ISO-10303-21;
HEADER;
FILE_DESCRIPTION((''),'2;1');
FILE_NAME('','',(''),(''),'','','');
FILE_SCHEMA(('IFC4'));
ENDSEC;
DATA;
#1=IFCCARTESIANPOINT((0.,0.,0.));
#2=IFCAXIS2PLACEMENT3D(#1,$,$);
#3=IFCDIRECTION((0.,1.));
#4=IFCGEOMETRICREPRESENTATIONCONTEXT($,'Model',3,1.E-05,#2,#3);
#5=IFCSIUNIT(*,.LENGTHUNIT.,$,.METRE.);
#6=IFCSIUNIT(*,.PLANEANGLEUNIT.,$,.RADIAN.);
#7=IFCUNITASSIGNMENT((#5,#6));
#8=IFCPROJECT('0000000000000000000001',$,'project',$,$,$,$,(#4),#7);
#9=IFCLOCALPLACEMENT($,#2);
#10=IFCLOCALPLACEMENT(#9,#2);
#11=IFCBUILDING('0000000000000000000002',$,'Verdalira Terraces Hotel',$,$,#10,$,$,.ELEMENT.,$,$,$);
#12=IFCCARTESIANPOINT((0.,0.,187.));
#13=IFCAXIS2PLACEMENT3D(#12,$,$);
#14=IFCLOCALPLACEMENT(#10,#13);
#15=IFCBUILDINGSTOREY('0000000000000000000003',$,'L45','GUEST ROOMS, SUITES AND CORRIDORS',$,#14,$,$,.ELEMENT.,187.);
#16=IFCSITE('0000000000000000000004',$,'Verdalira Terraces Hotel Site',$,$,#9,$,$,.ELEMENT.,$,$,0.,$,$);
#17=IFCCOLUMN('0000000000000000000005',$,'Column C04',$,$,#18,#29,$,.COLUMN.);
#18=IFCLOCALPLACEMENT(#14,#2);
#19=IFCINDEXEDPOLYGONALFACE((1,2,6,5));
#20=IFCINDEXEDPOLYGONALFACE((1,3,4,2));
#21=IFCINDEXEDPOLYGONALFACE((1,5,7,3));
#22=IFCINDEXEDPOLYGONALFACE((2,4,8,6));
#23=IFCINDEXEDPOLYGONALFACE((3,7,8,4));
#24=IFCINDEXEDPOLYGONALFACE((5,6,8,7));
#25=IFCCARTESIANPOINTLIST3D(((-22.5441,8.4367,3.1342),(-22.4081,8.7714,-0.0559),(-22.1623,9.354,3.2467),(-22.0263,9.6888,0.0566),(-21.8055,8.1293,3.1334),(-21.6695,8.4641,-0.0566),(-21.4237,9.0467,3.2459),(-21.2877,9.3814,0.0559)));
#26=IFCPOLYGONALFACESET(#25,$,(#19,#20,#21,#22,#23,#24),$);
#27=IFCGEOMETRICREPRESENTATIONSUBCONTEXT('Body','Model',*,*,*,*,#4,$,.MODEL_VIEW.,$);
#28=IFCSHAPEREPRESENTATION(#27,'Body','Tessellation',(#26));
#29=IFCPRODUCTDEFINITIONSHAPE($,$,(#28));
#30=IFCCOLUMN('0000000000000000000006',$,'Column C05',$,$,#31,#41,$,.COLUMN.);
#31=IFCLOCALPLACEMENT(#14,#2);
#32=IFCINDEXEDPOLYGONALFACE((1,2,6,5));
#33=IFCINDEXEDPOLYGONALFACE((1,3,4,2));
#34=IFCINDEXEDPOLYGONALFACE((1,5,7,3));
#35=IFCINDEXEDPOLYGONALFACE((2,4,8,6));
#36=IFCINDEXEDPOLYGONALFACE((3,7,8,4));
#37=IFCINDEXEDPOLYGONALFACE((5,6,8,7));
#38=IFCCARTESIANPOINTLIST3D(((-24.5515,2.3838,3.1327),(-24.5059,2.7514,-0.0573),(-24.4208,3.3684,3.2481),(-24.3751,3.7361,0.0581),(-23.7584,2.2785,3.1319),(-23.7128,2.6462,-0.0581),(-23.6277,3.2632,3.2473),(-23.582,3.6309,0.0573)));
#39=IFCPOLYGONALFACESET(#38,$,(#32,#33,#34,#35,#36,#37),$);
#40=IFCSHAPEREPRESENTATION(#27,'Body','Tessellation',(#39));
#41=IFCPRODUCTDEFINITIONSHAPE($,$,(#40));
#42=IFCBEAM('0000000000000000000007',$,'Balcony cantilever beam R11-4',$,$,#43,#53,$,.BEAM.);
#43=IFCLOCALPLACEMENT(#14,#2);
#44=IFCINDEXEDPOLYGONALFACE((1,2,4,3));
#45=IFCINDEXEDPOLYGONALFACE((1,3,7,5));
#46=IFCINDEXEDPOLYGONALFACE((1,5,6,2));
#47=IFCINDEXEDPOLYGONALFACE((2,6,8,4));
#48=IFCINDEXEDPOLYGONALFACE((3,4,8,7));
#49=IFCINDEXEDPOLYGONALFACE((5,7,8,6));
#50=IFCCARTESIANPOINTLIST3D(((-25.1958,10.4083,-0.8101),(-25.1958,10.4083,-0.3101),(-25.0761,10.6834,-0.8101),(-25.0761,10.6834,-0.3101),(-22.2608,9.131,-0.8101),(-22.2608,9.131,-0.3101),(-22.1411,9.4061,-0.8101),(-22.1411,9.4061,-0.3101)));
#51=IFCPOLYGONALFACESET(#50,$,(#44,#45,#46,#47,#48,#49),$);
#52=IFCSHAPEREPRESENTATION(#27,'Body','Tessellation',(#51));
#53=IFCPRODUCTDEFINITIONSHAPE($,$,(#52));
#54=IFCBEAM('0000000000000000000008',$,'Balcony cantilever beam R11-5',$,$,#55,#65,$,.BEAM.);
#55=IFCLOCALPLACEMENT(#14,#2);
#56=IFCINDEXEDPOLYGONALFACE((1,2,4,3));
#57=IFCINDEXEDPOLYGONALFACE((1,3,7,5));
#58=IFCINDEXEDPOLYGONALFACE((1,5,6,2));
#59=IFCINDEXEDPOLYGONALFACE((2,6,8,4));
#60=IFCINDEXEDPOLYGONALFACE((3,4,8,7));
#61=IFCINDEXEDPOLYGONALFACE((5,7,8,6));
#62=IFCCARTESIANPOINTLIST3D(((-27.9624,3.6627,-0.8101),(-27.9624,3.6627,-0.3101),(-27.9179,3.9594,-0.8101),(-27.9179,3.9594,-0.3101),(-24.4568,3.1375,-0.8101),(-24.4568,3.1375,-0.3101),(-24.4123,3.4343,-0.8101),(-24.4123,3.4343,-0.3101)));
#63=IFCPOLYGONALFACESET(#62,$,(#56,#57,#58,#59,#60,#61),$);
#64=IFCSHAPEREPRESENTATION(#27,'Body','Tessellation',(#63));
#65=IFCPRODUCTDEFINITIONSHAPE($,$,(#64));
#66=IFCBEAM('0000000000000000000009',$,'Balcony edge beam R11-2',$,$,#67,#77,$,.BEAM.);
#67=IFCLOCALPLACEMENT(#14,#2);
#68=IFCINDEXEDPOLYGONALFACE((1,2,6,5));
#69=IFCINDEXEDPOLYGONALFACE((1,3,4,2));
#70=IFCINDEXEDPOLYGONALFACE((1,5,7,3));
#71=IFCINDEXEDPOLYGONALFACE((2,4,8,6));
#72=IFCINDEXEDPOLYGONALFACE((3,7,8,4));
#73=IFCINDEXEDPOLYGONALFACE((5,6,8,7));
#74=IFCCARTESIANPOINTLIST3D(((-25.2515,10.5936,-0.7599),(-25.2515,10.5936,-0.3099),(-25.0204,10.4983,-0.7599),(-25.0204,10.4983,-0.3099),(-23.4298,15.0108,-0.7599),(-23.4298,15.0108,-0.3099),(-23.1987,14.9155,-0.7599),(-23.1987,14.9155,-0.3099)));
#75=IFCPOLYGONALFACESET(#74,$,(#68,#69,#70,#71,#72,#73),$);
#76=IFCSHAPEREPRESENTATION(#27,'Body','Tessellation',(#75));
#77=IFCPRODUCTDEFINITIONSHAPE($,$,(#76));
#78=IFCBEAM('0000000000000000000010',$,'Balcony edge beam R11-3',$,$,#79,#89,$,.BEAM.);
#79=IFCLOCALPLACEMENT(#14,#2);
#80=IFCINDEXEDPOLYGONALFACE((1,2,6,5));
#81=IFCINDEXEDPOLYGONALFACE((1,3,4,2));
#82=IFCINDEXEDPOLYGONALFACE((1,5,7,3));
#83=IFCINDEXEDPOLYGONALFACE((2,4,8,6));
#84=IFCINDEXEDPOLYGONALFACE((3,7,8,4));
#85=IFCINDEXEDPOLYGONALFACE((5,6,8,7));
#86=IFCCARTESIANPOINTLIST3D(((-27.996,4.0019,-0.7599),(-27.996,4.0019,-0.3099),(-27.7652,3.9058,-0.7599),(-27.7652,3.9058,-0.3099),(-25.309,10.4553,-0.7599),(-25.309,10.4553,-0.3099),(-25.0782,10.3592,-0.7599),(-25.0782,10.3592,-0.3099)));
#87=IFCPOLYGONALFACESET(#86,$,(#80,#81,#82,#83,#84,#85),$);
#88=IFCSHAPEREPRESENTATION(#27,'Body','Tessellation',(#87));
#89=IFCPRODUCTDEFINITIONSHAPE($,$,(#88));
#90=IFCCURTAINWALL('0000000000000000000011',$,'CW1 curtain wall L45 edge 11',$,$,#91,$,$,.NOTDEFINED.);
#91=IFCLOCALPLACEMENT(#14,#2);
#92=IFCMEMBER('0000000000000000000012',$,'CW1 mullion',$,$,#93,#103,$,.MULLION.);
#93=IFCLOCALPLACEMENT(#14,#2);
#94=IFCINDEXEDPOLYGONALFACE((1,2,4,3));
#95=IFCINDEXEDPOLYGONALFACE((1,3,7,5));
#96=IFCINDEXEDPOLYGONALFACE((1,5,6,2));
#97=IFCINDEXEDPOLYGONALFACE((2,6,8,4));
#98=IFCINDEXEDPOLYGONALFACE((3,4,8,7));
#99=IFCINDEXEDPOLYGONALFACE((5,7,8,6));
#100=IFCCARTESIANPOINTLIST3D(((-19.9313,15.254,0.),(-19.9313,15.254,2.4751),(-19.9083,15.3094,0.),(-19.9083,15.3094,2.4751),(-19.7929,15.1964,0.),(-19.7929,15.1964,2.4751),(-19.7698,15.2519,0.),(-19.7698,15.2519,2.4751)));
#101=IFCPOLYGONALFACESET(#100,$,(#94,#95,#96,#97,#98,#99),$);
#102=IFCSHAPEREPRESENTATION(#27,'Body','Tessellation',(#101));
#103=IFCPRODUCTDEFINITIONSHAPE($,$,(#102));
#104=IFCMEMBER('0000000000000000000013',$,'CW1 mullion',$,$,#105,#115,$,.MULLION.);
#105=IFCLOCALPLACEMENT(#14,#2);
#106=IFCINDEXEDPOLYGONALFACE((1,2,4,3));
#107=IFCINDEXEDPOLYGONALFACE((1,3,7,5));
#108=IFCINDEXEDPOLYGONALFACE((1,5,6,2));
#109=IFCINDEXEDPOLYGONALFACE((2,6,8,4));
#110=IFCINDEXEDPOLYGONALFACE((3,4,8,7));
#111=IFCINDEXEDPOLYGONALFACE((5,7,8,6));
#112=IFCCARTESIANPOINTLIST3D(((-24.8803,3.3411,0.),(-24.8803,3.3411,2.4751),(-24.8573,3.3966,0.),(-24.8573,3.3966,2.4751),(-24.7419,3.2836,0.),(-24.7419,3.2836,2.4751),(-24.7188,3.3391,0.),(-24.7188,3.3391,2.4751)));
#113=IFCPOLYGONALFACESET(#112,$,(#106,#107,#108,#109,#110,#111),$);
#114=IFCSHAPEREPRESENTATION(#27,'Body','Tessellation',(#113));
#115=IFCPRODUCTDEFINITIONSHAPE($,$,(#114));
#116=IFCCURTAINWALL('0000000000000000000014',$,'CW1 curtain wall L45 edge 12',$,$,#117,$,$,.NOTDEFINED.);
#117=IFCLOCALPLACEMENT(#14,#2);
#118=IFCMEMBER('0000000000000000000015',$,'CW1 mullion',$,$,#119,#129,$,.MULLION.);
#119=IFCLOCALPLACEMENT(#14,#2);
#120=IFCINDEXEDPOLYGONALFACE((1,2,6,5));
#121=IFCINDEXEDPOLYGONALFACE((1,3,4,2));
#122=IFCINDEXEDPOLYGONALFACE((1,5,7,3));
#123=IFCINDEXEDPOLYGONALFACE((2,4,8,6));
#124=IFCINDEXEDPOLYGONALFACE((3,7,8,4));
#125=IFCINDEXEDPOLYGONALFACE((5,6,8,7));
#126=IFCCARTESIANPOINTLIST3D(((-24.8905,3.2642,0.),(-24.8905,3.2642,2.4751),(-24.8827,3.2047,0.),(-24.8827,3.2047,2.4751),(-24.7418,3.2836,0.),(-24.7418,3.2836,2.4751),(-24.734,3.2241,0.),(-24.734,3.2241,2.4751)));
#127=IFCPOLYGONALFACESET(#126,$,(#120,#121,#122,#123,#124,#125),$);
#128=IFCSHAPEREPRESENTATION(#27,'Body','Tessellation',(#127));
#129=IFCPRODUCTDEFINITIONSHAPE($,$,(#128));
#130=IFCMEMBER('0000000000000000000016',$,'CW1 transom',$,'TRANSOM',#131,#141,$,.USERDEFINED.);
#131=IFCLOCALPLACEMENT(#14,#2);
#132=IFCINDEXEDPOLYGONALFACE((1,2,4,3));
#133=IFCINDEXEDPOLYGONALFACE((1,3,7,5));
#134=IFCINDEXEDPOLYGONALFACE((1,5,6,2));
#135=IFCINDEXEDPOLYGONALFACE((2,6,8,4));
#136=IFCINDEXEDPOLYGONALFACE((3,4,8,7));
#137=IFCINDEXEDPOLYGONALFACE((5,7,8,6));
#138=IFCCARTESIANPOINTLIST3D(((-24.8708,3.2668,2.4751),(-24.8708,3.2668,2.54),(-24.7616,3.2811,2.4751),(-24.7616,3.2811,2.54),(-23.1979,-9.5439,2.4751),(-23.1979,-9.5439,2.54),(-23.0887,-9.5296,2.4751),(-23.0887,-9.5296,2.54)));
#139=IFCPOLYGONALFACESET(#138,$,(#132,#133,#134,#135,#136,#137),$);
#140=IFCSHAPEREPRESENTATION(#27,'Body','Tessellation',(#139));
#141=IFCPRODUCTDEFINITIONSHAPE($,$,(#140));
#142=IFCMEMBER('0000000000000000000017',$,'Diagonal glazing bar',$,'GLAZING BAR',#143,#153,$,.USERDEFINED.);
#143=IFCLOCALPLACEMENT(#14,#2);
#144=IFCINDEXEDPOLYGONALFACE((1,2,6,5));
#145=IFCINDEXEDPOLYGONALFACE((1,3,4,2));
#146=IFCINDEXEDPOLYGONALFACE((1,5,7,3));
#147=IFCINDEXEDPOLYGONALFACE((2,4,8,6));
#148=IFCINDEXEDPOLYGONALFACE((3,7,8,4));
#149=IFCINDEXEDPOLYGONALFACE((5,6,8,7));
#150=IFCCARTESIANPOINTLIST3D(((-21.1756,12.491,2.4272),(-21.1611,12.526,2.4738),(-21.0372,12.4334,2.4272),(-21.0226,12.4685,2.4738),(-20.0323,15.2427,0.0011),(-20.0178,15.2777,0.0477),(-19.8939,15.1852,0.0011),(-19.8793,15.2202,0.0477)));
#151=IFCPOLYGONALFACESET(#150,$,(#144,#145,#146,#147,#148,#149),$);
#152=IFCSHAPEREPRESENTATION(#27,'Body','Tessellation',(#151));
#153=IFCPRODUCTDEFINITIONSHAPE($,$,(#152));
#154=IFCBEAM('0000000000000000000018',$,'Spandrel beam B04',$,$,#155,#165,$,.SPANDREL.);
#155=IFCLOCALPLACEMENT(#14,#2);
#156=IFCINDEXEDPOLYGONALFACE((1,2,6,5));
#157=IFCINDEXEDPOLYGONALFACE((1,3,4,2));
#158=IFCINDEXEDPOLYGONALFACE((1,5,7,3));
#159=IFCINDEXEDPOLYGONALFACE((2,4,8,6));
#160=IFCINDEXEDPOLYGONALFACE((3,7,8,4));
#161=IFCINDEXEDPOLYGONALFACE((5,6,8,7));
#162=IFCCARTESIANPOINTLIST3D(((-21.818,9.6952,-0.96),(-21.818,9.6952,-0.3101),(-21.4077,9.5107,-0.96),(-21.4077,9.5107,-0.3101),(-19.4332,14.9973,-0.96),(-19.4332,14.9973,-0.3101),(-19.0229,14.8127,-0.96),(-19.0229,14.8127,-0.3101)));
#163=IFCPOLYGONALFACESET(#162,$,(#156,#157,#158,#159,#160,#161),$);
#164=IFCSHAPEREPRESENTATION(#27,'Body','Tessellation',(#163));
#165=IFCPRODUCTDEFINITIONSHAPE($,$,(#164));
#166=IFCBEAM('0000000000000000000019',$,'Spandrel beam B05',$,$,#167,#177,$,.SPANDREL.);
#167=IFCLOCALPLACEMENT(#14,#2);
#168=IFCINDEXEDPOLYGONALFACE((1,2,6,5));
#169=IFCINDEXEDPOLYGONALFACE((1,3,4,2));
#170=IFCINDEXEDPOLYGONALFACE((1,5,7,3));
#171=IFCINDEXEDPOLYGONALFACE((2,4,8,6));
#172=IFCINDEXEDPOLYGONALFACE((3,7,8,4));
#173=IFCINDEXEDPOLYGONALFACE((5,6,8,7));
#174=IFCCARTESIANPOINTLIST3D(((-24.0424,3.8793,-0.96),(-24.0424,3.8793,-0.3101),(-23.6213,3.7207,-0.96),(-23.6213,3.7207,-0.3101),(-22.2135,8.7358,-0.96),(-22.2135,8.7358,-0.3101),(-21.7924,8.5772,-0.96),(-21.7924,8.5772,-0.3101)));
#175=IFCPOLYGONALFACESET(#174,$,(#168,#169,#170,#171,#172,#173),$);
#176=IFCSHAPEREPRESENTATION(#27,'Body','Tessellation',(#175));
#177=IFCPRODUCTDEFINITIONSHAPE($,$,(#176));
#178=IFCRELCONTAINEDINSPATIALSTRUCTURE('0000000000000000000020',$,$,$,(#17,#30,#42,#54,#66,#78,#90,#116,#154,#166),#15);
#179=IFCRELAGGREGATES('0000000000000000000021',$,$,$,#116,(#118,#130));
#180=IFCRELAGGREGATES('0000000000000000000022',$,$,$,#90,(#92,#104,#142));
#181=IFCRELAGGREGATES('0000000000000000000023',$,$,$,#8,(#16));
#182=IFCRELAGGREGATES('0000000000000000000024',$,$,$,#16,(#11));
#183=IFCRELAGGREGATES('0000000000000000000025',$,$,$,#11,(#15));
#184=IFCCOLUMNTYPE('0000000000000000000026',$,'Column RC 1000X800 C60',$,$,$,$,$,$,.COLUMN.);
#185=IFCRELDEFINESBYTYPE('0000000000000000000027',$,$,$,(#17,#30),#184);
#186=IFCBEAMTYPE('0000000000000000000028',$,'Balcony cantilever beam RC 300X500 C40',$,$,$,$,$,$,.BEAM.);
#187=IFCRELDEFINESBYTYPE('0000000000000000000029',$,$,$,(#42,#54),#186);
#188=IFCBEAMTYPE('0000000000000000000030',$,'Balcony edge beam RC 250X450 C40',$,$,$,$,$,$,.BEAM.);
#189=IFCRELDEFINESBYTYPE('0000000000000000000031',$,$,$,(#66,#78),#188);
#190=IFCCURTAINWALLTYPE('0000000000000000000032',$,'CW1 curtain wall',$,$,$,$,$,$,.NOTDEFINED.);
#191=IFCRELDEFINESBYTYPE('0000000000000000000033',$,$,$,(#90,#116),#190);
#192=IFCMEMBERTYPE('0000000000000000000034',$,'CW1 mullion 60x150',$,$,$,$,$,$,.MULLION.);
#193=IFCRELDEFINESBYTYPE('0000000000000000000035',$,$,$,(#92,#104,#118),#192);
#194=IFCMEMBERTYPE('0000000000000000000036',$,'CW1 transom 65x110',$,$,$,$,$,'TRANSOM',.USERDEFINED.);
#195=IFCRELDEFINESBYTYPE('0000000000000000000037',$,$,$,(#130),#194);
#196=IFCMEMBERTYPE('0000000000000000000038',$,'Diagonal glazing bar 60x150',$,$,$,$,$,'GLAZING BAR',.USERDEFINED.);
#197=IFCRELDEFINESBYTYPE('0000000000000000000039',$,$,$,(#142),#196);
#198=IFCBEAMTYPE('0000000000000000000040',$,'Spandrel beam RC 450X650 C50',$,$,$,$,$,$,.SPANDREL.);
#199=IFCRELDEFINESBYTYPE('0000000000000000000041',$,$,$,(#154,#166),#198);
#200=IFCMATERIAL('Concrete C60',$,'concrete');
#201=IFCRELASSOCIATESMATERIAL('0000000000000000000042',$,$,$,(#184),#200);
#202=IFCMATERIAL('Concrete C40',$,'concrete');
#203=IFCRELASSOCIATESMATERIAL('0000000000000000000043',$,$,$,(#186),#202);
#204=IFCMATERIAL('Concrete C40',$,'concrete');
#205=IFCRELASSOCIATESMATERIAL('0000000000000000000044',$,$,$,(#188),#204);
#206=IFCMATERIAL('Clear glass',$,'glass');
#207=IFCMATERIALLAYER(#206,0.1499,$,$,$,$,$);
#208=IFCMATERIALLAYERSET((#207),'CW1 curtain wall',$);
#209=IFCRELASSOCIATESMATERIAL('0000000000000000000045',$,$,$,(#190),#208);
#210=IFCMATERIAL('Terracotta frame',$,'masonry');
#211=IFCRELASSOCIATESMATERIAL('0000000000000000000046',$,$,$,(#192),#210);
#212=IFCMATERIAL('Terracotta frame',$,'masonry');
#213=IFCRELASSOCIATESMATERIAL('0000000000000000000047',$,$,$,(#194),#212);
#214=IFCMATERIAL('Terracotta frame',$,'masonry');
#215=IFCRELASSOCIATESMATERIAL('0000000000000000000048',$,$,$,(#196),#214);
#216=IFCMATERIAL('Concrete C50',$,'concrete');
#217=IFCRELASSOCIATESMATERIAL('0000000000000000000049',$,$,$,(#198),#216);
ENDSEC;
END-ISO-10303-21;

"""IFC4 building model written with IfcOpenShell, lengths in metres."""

from ifc_helpers import new_model, si_unit, direction, frame, origin, origin_2d, place, context, subcontext, project, spatial, rectangle, extrude, material, layer, layer_set, material_profile, profile_set, type_object, element, aggregate, save


model = new_model("IFC4")

# Units and contexts
model_context = context("Model", 3, precision=1e-05, world=origin(), true_north=direction((0.0, 1.0)))
body_context = subcontext(model_context, "Body", "Model", "MODEL_VIEW")
ifc_project = project(units=[si_unit("LENGTHUNIT", "METRE"), si_unit("PLANEANGLEUNIT", "RADIAN")], contexts=[model_context])

# Site, building, storey
site_placement = place(None, origin())
site = spatial("IfcSite", under=ifc_project, at=site_placement, Name="Verdalira Terraces Hotel Site", CompositionType="ELEMENT", RefElevation=0.0)
building_placement = place(site_placement, origin())
building = spatial("IfcBuilding", under=site, at=building_placement, Name="Verdalira Terraces Hotel", CompositionType="ELEMENT")
storey_placement = place(building_placement, frame((0.0, 0.0, 187.0)))
storey = spatial("IfcBuildingStorey", under=building, at=storey_placement, Name="L45", Description="GUEST ROOMS, SUITES AND CORRIDORS", CompositionType="ELEMENT", Elevation=187.0)

# Columns
ifc_material_1 = material(Name="Concrete C60", Category="concrete")
ifc_material_profile_1 = material_profile(ifc_material_1, rectangle(XDim=1.0, YDim=0.8, at=origin_2d()), Name="RC 1000X800")
ifc_profile_set_1 = profile_set([ifc_material_profile_1], Name="Concrete C60")
column_type = type_object("IfcColumnType", Name="Column RC 1000X800 C60", PredefinedType="COLUMN", material=ifc_profile_set_1)
column_1_placement = place(storey_placement, frame((-21.8479, 9.0764, 0.0), z_axis=(-0.042359, -0.104262, 0.993647), x_axis=(-0.381802, -0.917367, -0.112534)))
element("IfcColumn", 1, at=column_1_placement, inside=storey, type_object=column_type, Name="Column C04", PredefinedType="COLUMN", context=body_context, shape_type="SweptSolid", body=[
    extrude(rectangle(XDim=1.0, YDim=0.8, at=origin_2d()), origin(), (0.0, 0.0, 1.0), 3.2104),
])
column_2_placement = place(storey_placement, frame((-24.0439, 3.1912, 0.0), z_axis=(-0.014216, -0.114491, 0.993323), x_axis=(0.130766, 0.984678, 0.115366)))
element("IfcColumn", 2, at=column_2_placement, inside=storey, type_object=column_type, Name="Column C05", PredefinedType="COLUMN", context=body_context, shape_type="SweptSolid", body=[
    extrude(rectangle(XDim=1.0, YDim=0.8, at=origin_2d()), origin(), (0.0, 0.0, 1.0), 3.2114),
])

# Beams
ifc_material_2 = material(Name="Concrete C40", Category="concrete")
ifc_material_profile_2 = material_profile(ifc_material_2, rectangle(XDim=0.3, YDim=0.5, at=origin_2d()), Name="RC 300X500")
ifc_profile_set_2 = profile_set([ifc_material_profile_2], Name="Concrete C40")
beam_type_1 = type_object("IfcBeamType", Name="Balcony cantilever beam RC 300X500 C40", PredefinedType="BEAM", material=ifc_profile_set_2)
beam_1_placement = place(storey_placement, frame((-22.2009, 9.2686, -0.5601), z_axis=(-0.916929, 0.39905, 0.0), x_axis=(-0.39905, -0.916929, 0.0)))
element("IfcBeam", 3, at=beam_1_placement, inside=storey, type_object=beam_type_1, Name="Balcony cantilever beam R11-4", PredefinedType="BEAM", context=body_context, shape_type="SweptSolid", body=[
    extrude(rectangle(XDim=0.3, YDim=0.5, at=origin_2d()), origin(), (0.0, 0.0, 1.0), 3.2009),
])
beam_2_placement = place(storey_placement, frame((-24.4346, 3.2859, -0.5601), z_axis=(-0.988965, 0.148148, 0.0), x_axis=(-0.148148, -0.988965, 0.0)))
element("IfcBeam", 4, at=beam_2_placement, inside=storey, type_object=beam_type_1, Name="Balcony cantilever beam R11-5", PredefinedType="BEAM", context=body_context, shape_type="SweptSolid", body=[
    extrude(rectangle(XDim=0.3, YDim=0.5, at=origin_2d()), origin(), (0.0, 0.0, 1.0), 3.5447),
])
ifc_material_3 = material(Name="Concrete C40", Category="concrete")
ifc_material_profile_3 = material_profile(ifc_material_3, rectangle(XDim=0.25, YDim=0.45, at=origin_2d()), Name="RC 250X450")
ifc_profile_set_3 = profile_set([ifc_material_profile_3], Name="Concrete C40")
beam_type_2 = type_object("IfcBeamType", Name="Balcony edge beam RC 250X450 C40", PredefinedType="BEAM", material=ifc_profile_set_3)
beam_3_placement = place(storey_placement, frame((-23.3142, 14.9631, -0.5349), z_axis=(-0.381271, -0.924463, 0.0), x_axis=(0.924463, -0.381271, 0.0)))
element("IfcBeam", 5, at=beam_3_placement, inside=storey, type_object=beam_type_2, Name="Balcony edge beam R11-2", PredefinedType="BEAM", context=body_context, shape_type="SweptSolid", body=[
    extrude(rectangle(XDim=0.25, YDim=0.45, at=origin_2d()), origin(), (0.0, 0.0, 1.0), 4.7781),
])
beam_4_placement = place(storey_placement, frame((-25.1936, 10.4072, -0.5349), z_axis=(-0.384385, -0.923173, 0.0), x_axis=(0.923173, -0.384385, 0.0)))
element("IfcBeam", 6, at=beam_4_placement, inside=storey, type_object=beam_type_2, Name="Balcony edge beam R11-3", PredefinedType="BEAM", context=body_context, shape_type="SweptSolid", body=[
    extrude(rectangle(XDim=0.25, YDim=0.45, at=origin_2d()), origin(), (0.0, 0.0, 1.0), 6.9905),
])

# Curtain walls, members
ifc_material_4 = material(Name="Clear glass", Category="glass")
ifc_layer_1 = layer(ifc_material_4, 0.1499)
ifc_layer_set_1 = layer_set([ifc_layer_1], Name="CW1 curtain wall")
curtain_wall_type = type_object("IfcCurtainWallType", Name="CW1 curtain wall", PredefinedType="NOTDEFINED", material=ifc_layer_set_1)
curtain_wall_1_placement = place(storey_placement, origin())
curtain_wall_1 = element("IfcCurtainWall", 7, at=curtain_wall_1_placement, inside=storey, type_object=curtain_wall_type, Name="CW1 curtain wall L45 edge 11", PredefinedType="NOTDEFINED")
ifc_material_5 = material(Name="Terracotta frame", Category="masonry")
ifc_material_profile_4 = material_profile(ifc_material_5, rectangle(XDim=0.0601, YDim=0.1499, at=origin_2d()), Name="MU 60x150")
ifc_profile_set_4 = profile_set([ifc_material_profile_4], Name="Terracotta frame")
member_type_1 = type_object("IfcMemberType", Name="CW1 mullion 60x150", PredefinedType="MULLION", material=ifc_profile_set_4)
member_1_placement = place(storey_placement, frame((-19.8506, 15.2529, 0.0), z_axis=(0.0, 0.0, 1.0), x_axis=(-0.383651, -0.923478, 0.0)))
member_1 = element("IfcMember", 8, at=member_1_placement, type_object=member_type_1, Name="CW1 mullion", PredefinedType="MULLION", context=body_context, shape_type="SweptSolid", body=[
    extrude(rectangle(XDim=0.0601, YDim=0.1499, at=origin_2d()), origin(), (0.0, 0.0, 1.0), 2.4751),
])
member_2_placement = place(storey_placement, frame((-24.7996, 3.3401, 0.0), z_axis=(0.0, 0.0, 1.0), x_axis=(-0.383651, -0.923478, 0.0)))
member_2 = element("IfcMember", 9, at=member_2_placement, type_object=member_type_1, Name="CW1 mullion", PredefinedType="MULLION", context=body_context, shape_type="SweptSolid", body=[
    extrude(rectangle(XDim=0.0601, YDim=0.1499, at=origin_2d()), origin(), (0.0, 0.0, 1.0), 2.4751),
])
curtain_wall_2_placement = place(storey_placement, origin())
curtain_wall_2 = element("IfcCurtainWall", 10, at=curtain_wall_2_placement, inside=storey, type_object=curtain_wall_type, Name="CW1 curtain wall L45 edge 12", PredefinedType="NOTDEFINED")
member_3_placement = place(storey_placement, frame((-24.8123, 3.2441, 0.0), z_axis=(0.0, 0.0, 1.0), x_axis=(0.129488, -0.991581, 0.0)))
member_3 = element("IfcMember", 11, at=member_3_placement, type_object=member_type_1, Name="CW1 mullion", PredefinedType="MULLION", context=body_context, shape_type="SweptSolid", body=[
    extrude(rectangle(XDim=0.0601, YDim=0.1499, at=origin_2d()), origin(), (0.0, 0.0, 1.0), 2.4751),
])
ifc_material_6 = material(Name="Terracotta frame", Category="masonry")
ifc_material_profile_5 = material_profile(ifc_material_6, rectangle(XDim=0.1101, YDim=0.0649, at=origin_2d()), Name="TR 65x110")
ifc_profile_set_5 = profile_set([ifc_material_profile_5], Name="Terracotta frame")
member_type_2 = type_object("IfcMemberType", Name="CW1 transom 65x110", ElementType="TRANSOM", PredefinedType="USERDEFINED", material=ifc_profile_set_5)
member_4_placement = place(storey_placement, frame((-24.8162, 3.2739, 2.5076), z_axis=(0.129482, -0.991582, 0.0), x_axis=(0.991582, 0.129482, 0.0)))
member_4 = element("IfcMember", 12, at=member_4_placement, type_object=member_type_2, Name="CW1 transom", ObjectType="TRANSOM", PredefinedType="USERDEFINED", context=body_context, shape_type="SweptSolid", body=[
    extrude(rectangle(XDim=0.1101, YDim=0.0649, at=origin_2d()), origin(), (0.0, 0.0, 1.0), 12.9194),
])
aggregate(curtain_wall_2, [member_3, member_4])

# Member
ifc_material_7 = material(Name="Terracotta frame", Category="masonry")
ifc_material_profile_6 = material_profile(ifc_material_7, rectangle(XDim=0.1499, YDim=0.0601, at=origin_2d()), Name="GB 60x150")
ifc_profile_set_6 = profile_set([ifc_material_profile_6], Name="Terracotta frame")
member_type_3 = type_object("IfcMemberType", Name="Diagonal glazing bar 60x150", ElementType="GLAZING BAR", PredefinedType="USERDEFINED", material=ifc_profile_set_6)
member_5_placement = place(storey_placement, frame((-19.9558, 15.2314, 0.0244), z_axis=(-0.297545, -0.716128, 0.63137), x_axis=(0.923462, -0.38369, 0.0)))
member_5 = element("IfcMember", 13, at=member_5_placement, type_object=member_type_3, Name="Diagonal glazing bar", ObjectType="GLAZING BAR", PredefinedType="USERDEFINED", context=body_context, shape_type="SweptSolid", body=[
    extrude(rectangle(XDim=0.1499, YDim=0.0601, at=origin_2d()), origin(), (0.0, 0.0, 1.0), 3.8425),
])

# Beams
ifc_material_8 = material(Name="Concrete C50", Category="concrete")
ifc_material_profile_7 = material_profile(ifc_material_8, rectangle(XDim=0.45, YDim=0.6499, at=origin_2d()), Name="RC 450X650")
ifc_profile_set_7 = profile_set([ifc_material_profile_7], Name="Concrete C50")
beam_type_3 = type_object("IfcBeamType", Name="Spandrel beam RC 450X650 C50", PredefinedType="SPANDREL", material=ifc_profile_set_7)
beam_5_placement = place(storey_placement, frame((-19.228, 14.905, -0.635), z_axis=(-0.410202, -0.911995, 0.0), x_axis=(0.911995, -0.410202, 0.0)))
element("IfcBeam", 14, at=beam_5_placement, inside=storey, type_object=beam_type_3, Name="Spandrel beam B04", PredefinedType="SPANDREL", context=body_context, shape_type="SweptSolid", body=[
    extrude(rectangle(XDim=0.45, YDim=0.6499, at=origin_2d()), origin(), (0.0, 0.0, 1.0), 5.8137),
])
beam_6_placement = place(storey_placement, frame((-22.0029, 8.6565, -0.635), z_axis=(-0.352422, -0.935841, 0.0), x_axis=(0.935841, -0.352422, 0.0)))
element("IfcBeam", 15, at=beam_6_placement, inside=storey, type_object=beam_type_3, Name="Spandrel beam B05", PredefinedType="SPANDREL", context=body_context, shape_type="SweptSolid", body=[
    extrude(rectangle(XDim=0.45, YDim=0.6499, at=origin_2d()), origin(), (0.0, 0.0, 1.0), 5.1895),
])

aggregate(curtain_wall_1, [member_1, member_2, member_5])

save(model, "model.ifc")
